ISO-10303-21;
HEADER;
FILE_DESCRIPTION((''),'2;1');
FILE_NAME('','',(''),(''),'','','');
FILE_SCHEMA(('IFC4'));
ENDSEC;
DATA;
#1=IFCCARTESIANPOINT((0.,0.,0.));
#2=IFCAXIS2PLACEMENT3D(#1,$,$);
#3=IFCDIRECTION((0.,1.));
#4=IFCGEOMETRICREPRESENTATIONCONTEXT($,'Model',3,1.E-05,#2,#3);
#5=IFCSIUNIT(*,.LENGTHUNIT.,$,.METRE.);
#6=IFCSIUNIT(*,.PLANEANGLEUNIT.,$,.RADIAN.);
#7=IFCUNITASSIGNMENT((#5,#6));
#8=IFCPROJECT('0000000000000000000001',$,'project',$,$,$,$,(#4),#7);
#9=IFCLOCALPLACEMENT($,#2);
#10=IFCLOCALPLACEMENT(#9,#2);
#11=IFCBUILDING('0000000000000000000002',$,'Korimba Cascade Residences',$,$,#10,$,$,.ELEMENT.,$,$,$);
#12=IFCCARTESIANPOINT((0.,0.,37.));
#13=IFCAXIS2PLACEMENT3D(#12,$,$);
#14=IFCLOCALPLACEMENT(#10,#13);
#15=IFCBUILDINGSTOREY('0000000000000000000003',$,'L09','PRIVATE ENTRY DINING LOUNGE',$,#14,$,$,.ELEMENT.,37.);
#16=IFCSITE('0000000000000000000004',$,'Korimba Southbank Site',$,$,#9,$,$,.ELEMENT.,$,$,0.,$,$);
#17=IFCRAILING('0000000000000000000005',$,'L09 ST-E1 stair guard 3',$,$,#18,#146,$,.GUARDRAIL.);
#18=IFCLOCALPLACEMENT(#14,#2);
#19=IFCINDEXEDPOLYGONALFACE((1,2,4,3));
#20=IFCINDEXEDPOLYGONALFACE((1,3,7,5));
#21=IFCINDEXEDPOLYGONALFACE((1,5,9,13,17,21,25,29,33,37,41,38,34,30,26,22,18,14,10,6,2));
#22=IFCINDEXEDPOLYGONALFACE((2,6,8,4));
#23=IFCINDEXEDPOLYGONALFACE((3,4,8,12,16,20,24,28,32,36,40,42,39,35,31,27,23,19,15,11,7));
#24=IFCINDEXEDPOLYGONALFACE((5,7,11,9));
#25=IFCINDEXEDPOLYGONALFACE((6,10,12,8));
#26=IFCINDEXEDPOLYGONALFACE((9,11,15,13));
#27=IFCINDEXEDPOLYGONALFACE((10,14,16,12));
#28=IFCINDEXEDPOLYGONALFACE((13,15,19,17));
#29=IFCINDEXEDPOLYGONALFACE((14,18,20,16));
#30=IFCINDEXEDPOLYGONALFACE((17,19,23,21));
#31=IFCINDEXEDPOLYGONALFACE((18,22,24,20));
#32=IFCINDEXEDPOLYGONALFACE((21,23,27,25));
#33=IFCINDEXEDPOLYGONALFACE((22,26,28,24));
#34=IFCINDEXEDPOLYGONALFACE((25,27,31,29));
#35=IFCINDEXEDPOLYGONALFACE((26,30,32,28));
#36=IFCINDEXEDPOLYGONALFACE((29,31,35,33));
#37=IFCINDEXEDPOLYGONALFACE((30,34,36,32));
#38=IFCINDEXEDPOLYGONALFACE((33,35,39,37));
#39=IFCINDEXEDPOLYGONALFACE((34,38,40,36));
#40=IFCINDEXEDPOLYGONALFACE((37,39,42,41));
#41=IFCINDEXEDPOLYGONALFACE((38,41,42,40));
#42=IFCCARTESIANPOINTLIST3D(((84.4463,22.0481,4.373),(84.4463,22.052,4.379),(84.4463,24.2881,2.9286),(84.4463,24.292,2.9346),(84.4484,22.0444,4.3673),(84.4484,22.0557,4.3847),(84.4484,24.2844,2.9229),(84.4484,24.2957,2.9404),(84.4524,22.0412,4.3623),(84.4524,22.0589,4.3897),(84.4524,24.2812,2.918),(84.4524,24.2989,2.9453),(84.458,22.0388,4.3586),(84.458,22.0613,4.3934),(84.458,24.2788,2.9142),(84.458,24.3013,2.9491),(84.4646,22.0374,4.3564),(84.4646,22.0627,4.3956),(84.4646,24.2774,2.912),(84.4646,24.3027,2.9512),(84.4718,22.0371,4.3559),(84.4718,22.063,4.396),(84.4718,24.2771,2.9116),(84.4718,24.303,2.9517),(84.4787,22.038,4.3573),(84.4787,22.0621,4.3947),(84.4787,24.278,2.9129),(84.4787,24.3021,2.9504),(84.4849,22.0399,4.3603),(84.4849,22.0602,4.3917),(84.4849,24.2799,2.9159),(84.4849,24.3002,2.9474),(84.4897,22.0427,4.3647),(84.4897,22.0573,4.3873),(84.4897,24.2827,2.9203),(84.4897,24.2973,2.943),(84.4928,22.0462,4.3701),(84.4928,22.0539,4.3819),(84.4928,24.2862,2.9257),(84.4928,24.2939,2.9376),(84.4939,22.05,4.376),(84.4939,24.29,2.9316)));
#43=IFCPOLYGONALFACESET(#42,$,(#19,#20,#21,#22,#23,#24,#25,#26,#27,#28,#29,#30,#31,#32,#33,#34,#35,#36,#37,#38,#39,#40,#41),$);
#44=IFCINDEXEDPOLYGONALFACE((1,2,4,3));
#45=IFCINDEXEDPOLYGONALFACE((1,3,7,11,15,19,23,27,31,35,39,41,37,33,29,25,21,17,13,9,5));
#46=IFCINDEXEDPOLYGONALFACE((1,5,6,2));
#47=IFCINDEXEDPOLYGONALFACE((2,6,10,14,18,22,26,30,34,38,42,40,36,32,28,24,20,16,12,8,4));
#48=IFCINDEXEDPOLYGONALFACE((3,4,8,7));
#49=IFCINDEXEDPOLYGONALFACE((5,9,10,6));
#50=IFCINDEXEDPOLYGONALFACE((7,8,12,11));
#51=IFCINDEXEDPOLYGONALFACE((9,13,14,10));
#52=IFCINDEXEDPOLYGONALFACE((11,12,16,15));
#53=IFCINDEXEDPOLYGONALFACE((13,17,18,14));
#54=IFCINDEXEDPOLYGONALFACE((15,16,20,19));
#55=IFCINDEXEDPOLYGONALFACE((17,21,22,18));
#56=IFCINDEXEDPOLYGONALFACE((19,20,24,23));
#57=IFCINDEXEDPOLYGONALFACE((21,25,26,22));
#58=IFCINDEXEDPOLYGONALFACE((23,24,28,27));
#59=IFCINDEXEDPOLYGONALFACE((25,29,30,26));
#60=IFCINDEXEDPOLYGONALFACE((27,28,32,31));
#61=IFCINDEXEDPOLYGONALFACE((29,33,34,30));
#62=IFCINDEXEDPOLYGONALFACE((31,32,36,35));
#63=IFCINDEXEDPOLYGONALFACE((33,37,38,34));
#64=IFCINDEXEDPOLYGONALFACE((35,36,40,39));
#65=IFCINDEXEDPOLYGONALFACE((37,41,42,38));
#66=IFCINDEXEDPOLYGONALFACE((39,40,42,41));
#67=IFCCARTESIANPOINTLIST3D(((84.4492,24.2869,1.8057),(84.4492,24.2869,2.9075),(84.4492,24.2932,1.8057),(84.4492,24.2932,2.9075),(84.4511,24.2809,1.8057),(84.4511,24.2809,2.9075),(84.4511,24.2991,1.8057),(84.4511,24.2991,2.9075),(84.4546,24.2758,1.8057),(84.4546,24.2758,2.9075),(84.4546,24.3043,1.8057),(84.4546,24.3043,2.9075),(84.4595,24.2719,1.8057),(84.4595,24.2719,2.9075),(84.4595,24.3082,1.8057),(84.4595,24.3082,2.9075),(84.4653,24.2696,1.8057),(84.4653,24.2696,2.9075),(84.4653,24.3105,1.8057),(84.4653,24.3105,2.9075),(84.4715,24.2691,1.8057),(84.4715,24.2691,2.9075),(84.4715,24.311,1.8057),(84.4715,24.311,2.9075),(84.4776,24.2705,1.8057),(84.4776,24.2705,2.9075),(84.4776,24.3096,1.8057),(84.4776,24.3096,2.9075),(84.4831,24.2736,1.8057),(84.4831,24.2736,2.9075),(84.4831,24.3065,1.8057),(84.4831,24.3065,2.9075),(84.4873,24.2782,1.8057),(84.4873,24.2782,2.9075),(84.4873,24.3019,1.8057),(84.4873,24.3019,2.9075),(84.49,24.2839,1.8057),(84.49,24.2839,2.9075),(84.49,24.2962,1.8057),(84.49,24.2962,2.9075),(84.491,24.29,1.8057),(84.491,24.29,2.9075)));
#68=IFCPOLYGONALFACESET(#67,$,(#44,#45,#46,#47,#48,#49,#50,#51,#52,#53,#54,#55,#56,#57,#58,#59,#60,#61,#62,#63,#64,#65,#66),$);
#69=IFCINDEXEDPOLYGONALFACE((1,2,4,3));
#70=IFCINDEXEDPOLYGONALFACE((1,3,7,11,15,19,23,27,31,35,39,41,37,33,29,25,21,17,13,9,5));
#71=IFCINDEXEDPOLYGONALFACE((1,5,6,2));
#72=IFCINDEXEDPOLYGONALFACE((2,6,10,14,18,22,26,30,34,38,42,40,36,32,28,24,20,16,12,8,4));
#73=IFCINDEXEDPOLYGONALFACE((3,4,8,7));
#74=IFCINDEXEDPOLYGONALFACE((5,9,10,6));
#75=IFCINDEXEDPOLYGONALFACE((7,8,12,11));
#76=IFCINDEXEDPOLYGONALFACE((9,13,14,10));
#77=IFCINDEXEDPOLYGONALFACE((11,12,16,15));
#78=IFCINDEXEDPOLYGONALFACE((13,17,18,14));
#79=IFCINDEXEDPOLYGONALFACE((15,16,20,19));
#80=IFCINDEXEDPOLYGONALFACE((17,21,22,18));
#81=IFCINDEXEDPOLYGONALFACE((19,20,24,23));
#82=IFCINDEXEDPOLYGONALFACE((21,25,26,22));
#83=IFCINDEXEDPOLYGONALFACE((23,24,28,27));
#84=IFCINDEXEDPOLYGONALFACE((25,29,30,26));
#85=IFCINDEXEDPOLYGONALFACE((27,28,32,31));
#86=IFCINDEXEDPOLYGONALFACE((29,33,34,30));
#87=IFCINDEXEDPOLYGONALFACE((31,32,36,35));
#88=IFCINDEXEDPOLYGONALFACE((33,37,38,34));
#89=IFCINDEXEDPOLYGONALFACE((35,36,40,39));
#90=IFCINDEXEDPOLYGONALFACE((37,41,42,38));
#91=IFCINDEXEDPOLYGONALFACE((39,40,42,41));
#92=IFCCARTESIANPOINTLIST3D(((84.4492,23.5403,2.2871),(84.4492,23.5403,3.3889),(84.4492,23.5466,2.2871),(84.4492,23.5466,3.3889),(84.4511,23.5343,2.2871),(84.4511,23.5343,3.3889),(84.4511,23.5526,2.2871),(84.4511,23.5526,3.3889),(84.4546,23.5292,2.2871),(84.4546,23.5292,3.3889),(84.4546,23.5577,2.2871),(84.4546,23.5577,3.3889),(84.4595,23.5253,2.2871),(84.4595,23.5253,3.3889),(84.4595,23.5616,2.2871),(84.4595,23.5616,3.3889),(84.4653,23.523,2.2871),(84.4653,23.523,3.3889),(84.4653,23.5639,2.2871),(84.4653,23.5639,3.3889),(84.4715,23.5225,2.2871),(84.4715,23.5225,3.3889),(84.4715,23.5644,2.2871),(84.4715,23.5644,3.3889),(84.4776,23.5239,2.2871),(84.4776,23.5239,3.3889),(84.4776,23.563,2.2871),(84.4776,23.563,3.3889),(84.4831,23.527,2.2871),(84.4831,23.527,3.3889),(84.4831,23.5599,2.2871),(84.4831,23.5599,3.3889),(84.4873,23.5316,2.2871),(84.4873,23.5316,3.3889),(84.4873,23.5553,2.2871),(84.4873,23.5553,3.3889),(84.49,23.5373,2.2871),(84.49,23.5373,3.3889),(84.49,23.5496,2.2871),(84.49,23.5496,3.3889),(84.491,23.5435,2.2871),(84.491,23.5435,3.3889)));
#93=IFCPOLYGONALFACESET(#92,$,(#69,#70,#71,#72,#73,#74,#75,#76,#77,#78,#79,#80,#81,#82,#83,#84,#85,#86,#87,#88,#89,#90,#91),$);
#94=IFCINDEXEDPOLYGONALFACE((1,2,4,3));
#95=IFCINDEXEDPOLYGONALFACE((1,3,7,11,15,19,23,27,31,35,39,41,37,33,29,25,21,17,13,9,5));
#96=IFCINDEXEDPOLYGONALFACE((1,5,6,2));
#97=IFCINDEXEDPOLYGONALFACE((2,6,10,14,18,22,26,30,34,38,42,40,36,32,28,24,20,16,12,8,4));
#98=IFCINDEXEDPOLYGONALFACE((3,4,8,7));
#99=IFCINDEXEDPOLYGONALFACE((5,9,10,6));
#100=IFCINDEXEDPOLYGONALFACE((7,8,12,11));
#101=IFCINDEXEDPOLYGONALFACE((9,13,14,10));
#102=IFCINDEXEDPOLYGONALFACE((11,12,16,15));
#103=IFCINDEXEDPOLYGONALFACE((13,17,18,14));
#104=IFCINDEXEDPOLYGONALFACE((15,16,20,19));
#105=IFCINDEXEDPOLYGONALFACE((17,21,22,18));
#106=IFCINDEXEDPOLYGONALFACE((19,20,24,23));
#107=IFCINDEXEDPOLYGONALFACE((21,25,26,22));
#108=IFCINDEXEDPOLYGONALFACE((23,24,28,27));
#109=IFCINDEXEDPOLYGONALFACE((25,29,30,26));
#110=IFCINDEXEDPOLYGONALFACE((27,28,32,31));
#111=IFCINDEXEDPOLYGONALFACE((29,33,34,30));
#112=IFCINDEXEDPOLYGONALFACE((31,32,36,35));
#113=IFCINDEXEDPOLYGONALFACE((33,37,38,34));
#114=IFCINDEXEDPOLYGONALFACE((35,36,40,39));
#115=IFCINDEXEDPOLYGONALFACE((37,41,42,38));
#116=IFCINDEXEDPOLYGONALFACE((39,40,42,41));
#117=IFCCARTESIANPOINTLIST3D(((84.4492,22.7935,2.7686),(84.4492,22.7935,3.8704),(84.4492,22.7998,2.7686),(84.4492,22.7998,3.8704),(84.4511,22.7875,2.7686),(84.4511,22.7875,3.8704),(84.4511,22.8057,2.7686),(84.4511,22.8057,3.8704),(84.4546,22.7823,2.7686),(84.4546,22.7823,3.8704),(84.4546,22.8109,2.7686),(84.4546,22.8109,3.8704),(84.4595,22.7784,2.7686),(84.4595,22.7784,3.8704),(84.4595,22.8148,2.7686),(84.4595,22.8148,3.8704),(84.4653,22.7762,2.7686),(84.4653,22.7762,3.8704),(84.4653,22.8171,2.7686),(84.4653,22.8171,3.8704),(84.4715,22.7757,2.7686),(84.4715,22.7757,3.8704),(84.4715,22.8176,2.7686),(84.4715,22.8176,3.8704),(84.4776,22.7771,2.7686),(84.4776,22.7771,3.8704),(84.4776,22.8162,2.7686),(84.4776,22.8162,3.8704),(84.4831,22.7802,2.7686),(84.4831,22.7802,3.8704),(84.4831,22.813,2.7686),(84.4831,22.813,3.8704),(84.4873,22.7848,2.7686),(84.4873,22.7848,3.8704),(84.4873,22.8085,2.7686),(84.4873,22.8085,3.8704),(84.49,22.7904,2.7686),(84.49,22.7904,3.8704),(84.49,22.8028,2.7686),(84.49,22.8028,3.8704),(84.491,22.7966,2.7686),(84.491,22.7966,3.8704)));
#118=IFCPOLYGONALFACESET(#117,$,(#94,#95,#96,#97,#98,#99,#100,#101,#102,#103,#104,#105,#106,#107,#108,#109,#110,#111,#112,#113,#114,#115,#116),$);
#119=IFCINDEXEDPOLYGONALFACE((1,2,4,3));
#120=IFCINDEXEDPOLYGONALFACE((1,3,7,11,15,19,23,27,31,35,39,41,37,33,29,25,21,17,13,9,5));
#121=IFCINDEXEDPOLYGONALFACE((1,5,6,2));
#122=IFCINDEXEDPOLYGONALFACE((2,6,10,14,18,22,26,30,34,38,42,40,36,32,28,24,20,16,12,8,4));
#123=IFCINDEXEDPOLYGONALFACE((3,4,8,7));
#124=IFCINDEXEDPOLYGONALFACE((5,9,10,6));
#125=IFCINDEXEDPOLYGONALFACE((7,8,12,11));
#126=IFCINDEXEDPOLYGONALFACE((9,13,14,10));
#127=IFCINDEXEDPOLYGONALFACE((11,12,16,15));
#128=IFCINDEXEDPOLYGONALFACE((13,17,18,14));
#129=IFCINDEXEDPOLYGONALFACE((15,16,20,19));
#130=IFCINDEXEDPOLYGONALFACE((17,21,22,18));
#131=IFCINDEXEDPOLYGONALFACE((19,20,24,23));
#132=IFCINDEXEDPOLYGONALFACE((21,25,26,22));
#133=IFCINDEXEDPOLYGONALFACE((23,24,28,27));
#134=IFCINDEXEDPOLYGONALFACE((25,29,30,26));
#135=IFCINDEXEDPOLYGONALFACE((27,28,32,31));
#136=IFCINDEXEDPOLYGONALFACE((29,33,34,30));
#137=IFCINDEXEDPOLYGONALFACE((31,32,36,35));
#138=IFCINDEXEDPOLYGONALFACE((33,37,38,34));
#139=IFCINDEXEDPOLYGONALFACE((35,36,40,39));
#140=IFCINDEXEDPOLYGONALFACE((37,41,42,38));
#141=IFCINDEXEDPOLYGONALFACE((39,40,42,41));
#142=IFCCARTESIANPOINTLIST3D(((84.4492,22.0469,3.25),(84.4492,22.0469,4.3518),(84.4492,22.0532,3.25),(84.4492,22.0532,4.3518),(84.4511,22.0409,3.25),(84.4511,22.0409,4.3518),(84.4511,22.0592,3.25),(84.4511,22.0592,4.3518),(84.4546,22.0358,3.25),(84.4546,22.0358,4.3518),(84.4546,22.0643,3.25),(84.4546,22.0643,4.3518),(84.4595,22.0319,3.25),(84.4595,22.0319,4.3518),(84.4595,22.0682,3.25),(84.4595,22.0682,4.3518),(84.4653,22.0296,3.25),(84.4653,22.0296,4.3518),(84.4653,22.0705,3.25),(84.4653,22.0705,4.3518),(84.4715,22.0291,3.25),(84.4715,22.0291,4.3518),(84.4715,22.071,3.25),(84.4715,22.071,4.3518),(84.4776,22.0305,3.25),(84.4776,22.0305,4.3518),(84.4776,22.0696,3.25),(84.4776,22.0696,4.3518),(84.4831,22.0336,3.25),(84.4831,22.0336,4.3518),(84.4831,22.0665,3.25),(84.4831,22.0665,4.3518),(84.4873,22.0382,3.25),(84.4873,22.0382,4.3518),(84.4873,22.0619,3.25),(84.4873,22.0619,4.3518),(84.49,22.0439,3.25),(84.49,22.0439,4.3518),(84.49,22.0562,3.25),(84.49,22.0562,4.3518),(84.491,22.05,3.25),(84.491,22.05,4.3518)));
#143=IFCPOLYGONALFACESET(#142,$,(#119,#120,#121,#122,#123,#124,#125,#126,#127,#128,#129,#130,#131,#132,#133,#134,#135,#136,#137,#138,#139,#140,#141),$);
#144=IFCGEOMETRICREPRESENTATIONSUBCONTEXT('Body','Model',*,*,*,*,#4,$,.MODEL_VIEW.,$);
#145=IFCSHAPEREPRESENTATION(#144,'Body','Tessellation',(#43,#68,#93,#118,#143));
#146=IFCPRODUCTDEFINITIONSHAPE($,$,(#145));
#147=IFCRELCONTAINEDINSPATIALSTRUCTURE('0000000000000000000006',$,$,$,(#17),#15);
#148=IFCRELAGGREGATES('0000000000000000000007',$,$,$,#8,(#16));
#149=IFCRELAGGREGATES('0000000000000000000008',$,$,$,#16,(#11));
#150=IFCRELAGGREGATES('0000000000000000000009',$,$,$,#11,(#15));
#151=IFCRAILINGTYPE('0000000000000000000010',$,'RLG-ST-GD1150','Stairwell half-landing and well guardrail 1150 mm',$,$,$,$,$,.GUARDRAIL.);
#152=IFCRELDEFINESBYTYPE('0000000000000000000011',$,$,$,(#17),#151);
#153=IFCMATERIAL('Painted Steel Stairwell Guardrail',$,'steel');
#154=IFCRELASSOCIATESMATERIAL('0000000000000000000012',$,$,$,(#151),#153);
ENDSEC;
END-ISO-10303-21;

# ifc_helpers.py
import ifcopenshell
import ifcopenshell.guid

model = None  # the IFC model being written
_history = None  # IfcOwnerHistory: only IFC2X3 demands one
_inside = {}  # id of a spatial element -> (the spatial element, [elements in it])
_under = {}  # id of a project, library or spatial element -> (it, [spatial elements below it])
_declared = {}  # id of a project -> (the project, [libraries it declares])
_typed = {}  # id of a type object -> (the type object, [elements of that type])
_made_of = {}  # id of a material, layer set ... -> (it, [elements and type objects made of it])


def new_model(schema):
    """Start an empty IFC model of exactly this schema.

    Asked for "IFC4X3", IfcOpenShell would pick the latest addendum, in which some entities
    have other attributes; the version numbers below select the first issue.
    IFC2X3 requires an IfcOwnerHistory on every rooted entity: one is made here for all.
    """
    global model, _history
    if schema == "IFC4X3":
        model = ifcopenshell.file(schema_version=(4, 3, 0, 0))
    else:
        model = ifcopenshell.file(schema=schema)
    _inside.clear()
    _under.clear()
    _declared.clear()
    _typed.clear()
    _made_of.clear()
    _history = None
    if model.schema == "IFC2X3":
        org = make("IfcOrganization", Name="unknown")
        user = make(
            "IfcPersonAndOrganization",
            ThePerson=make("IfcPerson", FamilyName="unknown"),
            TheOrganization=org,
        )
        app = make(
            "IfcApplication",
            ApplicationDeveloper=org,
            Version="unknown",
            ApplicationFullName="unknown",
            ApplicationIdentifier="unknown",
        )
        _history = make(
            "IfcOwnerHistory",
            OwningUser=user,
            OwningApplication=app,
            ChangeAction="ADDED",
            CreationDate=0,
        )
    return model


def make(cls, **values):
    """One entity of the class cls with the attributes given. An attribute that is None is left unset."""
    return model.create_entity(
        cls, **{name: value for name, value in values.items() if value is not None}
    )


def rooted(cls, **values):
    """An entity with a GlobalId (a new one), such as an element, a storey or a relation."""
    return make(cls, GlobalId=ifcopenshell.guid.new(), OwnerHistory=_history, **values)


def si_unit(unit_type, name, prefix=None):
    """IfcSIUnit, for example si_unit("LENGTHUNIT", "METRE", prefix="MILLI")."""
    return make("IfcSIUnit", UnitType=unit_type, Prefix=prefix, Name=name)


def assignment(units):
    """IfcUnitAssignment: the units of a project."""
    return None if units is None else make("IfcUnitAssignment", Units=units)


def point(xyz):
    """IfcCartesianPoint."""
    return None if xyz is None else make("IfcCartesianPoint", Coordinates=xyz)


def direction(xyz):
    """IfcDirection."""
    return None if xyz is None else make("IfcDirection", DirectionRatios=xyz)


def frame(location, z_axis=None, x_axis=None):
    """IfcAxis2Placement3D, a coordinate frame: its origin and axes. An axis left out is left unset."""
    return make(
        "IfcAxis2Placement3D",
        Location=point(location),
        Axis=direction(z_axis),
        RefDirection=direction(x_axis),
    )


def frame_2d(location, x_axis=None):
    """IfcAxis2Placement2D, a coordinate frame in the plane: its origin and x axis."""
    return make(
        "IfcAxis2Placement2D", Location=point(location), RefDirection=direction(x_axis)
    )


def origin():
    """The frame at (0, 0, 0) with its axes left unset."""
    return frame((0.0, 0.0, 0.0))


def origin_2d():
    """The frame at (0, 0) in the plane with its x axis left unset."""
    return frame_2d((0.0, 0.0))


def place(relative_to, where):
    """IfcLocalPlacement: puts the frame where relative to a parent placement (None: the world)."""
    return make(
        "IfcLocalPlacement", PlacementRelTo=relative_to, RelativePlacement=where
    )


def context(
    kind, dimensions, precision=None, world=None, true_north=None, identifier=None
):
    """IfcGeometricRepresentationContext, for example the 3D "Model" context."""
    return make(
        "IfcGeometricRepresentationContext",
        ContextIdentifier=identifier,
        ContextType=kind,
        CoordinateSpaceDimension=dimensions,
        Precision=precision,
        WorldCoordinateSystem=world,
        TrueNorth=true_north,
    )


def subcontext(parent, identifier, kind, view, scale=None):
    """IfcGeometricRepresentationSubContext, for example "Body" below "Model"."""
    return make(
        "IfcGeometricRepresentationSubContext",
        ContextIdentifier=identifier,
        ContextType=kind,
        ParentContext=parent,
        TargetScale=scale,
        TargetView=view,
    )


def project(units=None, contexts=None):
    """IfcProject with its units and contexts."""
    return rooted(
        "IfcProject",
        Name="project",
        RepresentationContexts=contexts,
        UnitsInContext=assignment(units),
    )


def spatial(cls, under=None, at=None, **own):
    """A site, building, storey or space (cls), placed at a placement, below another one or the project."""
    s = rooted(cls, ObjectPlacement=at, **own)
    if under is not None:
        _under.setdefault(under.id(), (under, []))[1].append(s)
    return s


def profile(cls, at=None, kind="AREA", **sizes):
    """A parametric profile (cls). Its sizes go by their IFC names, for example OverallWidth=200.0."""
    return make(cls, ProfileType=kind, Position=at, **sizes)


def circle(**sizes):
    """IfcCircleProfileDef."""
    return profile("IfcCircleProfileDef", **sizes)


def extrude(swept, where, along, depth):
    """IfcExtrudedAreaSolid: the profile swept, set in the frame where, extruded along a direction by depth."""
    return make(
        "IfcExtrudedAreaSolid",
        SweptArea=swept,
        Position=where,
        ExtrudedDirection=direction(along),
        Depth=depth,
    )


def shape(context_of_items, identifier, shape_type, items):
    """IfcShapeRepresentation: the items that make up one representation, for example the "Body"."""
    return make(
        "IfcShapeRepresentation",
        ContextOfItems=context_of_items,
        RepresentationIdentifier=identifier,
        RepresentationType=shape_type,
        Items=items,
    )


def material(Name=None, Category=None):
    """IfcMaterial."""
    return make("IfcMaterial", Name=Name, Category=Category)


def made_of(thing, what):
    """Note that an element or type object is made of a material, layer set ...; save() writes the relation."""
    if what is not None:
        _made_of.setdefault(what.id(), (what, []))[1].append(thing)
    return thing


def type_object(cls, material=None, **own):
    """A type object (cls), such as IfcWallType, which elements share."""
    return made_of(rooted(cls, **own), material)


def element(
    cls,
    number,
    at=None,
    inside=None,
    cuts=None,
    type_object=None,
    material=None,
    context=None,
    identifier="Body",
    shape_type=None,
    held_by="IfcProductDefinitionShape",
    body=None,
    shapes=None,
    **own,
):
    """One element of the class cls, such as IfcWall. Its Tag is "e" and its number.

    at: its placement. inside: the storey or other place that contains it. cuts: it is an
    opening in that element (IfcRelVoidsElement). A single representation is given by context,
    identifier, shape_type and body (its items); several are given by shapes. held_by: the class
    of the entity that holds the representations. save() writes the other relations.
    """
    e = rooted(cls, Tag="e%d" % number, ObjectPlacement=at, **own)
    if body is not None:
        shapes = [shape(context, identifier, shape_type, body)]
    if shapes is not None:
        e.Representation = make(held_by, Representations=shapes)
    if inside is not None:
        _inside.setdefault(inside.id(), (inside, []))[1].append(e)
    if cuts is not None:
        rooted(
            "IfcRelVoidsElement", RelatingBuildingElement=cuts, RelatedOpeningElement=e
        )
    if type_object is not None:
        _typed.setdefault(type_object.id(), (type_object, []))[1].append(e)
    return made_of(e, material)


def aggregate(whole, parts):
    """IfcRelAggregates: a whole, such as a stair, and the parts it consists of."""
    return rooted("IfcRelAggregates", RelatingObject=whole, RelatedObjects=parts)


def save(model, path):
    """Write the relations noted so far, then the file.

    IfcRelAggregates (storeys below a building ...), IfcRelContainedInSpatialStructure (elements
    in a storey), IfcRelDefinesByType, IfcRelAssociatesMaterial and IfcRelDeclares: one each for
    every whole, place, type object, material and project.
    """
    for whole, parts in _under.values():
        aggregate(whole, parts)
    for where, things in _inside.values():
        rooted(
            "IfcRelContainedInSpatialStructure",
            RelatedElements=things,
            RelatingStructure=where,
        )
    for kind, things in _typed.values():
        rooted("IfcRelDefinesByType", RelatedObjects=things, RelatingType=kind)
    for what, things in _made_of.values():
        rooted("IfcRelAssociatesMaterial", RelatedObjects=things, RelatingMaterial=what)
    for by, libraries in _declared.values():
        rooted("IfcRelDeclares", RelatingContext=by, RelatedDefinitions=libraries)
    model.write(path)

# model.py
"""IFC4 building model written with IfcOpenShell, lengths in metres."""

from ifc_helpers import new_model, si_unit, direction, frame, origin, origin_2d, place, context, subcontext, project, spatial, circle, extrude, material, type_object, element, save


model = new_model("IFC4")

# Units and contexts
model_context = context("Model", 3, precision=1e-05, world=origin(), true_north=direction((0.0, 1.0)))
body_context = subcontext(model_context, "Body", "Model", "MODEL_VIEW")
ifc_project = project(units=[si_unit("LENGTHUNIT", "METRE"), si_unit("PLANEANGLEUNIT", "RADIAN")], contexts=[model_context])

# Site, building, storey
site_placement = place(None, origin())
site = spatial("IfcSite", under=ifc_project, at=site_placement, Name="Korimba Southbank Site", CompositionType="ELEMENT", RefElevation=0.0)
building_placement = place(site_placement, origin())
building = spatial("IfcBuilding", under=site, at=building_placement, Name="Korimba Cascade Residences", CompositionType="ELEMENT")
storey_placement = place(building_placement, frame((0.0, 0.0, 37.0)))
storey = spatial("IfcBuildingStorey", under=building, at=storey_placement, Name="L09", Description="PRIVATE ENTRY DINING LOUNGE", CompositionType="ELEMENT", Elevation=37.0)

# Railing
ifc_material_1 = material(Name="Painted Steel Stairwell Guardrail", Category="steel")
railing_type_1 = type_object("IfcRailingType", Name="RLG-ST-GD1150", Description="Stairwell half-landing and well guardrail 1150 mm", PredefinedType="GUARDRAIL", material=ifc_material_1)
railing_1_placement = place(storey_placement, frame((84.47, 24.29, 1.8057)))
element("IfcRailing", 1, at=railing_1_placement, inside=storey, type_object=railing_type_1, Name="L09 ST-E1 stair guard 3", PredefinedType="GUARDRAIL", context=body_context, shape_type="SweptSolid", body=[
    extrude(circle(Radius=0.0239, at=origin_2d()), frame((0.0, 0.0, 1.126), z_axis=(0.0, -0.840437, 0.54191), x_axis=(1.0, 0.0, 0.0)), (0.0, 0.0, 1.0), 2.6653),
    extrude(circle(Radius=0.021, at=origin_2d()), origin(), (0.0, 0.0, 1.0), 1.1018),
    extrude(circle(Radius=0.021, at=origin_2d()), frame((0.0, -0.7466, 0.4814)), (0.0, 0.0, 1.0), 1.1018),
    extrude(circle(Radius=0.021, at=origin_2d()), frame((0.0, -1.4934, 0.9629)), (0.0, 0.0, 1.0), 1.1018),
    extrude(circle(Radius=0.021, at=origin_2d()), frame((0.0, -2.24, 1.4443)), (0.0, 0.0, 1.0), 1.1018),
])

save(model, "model.ifc")
